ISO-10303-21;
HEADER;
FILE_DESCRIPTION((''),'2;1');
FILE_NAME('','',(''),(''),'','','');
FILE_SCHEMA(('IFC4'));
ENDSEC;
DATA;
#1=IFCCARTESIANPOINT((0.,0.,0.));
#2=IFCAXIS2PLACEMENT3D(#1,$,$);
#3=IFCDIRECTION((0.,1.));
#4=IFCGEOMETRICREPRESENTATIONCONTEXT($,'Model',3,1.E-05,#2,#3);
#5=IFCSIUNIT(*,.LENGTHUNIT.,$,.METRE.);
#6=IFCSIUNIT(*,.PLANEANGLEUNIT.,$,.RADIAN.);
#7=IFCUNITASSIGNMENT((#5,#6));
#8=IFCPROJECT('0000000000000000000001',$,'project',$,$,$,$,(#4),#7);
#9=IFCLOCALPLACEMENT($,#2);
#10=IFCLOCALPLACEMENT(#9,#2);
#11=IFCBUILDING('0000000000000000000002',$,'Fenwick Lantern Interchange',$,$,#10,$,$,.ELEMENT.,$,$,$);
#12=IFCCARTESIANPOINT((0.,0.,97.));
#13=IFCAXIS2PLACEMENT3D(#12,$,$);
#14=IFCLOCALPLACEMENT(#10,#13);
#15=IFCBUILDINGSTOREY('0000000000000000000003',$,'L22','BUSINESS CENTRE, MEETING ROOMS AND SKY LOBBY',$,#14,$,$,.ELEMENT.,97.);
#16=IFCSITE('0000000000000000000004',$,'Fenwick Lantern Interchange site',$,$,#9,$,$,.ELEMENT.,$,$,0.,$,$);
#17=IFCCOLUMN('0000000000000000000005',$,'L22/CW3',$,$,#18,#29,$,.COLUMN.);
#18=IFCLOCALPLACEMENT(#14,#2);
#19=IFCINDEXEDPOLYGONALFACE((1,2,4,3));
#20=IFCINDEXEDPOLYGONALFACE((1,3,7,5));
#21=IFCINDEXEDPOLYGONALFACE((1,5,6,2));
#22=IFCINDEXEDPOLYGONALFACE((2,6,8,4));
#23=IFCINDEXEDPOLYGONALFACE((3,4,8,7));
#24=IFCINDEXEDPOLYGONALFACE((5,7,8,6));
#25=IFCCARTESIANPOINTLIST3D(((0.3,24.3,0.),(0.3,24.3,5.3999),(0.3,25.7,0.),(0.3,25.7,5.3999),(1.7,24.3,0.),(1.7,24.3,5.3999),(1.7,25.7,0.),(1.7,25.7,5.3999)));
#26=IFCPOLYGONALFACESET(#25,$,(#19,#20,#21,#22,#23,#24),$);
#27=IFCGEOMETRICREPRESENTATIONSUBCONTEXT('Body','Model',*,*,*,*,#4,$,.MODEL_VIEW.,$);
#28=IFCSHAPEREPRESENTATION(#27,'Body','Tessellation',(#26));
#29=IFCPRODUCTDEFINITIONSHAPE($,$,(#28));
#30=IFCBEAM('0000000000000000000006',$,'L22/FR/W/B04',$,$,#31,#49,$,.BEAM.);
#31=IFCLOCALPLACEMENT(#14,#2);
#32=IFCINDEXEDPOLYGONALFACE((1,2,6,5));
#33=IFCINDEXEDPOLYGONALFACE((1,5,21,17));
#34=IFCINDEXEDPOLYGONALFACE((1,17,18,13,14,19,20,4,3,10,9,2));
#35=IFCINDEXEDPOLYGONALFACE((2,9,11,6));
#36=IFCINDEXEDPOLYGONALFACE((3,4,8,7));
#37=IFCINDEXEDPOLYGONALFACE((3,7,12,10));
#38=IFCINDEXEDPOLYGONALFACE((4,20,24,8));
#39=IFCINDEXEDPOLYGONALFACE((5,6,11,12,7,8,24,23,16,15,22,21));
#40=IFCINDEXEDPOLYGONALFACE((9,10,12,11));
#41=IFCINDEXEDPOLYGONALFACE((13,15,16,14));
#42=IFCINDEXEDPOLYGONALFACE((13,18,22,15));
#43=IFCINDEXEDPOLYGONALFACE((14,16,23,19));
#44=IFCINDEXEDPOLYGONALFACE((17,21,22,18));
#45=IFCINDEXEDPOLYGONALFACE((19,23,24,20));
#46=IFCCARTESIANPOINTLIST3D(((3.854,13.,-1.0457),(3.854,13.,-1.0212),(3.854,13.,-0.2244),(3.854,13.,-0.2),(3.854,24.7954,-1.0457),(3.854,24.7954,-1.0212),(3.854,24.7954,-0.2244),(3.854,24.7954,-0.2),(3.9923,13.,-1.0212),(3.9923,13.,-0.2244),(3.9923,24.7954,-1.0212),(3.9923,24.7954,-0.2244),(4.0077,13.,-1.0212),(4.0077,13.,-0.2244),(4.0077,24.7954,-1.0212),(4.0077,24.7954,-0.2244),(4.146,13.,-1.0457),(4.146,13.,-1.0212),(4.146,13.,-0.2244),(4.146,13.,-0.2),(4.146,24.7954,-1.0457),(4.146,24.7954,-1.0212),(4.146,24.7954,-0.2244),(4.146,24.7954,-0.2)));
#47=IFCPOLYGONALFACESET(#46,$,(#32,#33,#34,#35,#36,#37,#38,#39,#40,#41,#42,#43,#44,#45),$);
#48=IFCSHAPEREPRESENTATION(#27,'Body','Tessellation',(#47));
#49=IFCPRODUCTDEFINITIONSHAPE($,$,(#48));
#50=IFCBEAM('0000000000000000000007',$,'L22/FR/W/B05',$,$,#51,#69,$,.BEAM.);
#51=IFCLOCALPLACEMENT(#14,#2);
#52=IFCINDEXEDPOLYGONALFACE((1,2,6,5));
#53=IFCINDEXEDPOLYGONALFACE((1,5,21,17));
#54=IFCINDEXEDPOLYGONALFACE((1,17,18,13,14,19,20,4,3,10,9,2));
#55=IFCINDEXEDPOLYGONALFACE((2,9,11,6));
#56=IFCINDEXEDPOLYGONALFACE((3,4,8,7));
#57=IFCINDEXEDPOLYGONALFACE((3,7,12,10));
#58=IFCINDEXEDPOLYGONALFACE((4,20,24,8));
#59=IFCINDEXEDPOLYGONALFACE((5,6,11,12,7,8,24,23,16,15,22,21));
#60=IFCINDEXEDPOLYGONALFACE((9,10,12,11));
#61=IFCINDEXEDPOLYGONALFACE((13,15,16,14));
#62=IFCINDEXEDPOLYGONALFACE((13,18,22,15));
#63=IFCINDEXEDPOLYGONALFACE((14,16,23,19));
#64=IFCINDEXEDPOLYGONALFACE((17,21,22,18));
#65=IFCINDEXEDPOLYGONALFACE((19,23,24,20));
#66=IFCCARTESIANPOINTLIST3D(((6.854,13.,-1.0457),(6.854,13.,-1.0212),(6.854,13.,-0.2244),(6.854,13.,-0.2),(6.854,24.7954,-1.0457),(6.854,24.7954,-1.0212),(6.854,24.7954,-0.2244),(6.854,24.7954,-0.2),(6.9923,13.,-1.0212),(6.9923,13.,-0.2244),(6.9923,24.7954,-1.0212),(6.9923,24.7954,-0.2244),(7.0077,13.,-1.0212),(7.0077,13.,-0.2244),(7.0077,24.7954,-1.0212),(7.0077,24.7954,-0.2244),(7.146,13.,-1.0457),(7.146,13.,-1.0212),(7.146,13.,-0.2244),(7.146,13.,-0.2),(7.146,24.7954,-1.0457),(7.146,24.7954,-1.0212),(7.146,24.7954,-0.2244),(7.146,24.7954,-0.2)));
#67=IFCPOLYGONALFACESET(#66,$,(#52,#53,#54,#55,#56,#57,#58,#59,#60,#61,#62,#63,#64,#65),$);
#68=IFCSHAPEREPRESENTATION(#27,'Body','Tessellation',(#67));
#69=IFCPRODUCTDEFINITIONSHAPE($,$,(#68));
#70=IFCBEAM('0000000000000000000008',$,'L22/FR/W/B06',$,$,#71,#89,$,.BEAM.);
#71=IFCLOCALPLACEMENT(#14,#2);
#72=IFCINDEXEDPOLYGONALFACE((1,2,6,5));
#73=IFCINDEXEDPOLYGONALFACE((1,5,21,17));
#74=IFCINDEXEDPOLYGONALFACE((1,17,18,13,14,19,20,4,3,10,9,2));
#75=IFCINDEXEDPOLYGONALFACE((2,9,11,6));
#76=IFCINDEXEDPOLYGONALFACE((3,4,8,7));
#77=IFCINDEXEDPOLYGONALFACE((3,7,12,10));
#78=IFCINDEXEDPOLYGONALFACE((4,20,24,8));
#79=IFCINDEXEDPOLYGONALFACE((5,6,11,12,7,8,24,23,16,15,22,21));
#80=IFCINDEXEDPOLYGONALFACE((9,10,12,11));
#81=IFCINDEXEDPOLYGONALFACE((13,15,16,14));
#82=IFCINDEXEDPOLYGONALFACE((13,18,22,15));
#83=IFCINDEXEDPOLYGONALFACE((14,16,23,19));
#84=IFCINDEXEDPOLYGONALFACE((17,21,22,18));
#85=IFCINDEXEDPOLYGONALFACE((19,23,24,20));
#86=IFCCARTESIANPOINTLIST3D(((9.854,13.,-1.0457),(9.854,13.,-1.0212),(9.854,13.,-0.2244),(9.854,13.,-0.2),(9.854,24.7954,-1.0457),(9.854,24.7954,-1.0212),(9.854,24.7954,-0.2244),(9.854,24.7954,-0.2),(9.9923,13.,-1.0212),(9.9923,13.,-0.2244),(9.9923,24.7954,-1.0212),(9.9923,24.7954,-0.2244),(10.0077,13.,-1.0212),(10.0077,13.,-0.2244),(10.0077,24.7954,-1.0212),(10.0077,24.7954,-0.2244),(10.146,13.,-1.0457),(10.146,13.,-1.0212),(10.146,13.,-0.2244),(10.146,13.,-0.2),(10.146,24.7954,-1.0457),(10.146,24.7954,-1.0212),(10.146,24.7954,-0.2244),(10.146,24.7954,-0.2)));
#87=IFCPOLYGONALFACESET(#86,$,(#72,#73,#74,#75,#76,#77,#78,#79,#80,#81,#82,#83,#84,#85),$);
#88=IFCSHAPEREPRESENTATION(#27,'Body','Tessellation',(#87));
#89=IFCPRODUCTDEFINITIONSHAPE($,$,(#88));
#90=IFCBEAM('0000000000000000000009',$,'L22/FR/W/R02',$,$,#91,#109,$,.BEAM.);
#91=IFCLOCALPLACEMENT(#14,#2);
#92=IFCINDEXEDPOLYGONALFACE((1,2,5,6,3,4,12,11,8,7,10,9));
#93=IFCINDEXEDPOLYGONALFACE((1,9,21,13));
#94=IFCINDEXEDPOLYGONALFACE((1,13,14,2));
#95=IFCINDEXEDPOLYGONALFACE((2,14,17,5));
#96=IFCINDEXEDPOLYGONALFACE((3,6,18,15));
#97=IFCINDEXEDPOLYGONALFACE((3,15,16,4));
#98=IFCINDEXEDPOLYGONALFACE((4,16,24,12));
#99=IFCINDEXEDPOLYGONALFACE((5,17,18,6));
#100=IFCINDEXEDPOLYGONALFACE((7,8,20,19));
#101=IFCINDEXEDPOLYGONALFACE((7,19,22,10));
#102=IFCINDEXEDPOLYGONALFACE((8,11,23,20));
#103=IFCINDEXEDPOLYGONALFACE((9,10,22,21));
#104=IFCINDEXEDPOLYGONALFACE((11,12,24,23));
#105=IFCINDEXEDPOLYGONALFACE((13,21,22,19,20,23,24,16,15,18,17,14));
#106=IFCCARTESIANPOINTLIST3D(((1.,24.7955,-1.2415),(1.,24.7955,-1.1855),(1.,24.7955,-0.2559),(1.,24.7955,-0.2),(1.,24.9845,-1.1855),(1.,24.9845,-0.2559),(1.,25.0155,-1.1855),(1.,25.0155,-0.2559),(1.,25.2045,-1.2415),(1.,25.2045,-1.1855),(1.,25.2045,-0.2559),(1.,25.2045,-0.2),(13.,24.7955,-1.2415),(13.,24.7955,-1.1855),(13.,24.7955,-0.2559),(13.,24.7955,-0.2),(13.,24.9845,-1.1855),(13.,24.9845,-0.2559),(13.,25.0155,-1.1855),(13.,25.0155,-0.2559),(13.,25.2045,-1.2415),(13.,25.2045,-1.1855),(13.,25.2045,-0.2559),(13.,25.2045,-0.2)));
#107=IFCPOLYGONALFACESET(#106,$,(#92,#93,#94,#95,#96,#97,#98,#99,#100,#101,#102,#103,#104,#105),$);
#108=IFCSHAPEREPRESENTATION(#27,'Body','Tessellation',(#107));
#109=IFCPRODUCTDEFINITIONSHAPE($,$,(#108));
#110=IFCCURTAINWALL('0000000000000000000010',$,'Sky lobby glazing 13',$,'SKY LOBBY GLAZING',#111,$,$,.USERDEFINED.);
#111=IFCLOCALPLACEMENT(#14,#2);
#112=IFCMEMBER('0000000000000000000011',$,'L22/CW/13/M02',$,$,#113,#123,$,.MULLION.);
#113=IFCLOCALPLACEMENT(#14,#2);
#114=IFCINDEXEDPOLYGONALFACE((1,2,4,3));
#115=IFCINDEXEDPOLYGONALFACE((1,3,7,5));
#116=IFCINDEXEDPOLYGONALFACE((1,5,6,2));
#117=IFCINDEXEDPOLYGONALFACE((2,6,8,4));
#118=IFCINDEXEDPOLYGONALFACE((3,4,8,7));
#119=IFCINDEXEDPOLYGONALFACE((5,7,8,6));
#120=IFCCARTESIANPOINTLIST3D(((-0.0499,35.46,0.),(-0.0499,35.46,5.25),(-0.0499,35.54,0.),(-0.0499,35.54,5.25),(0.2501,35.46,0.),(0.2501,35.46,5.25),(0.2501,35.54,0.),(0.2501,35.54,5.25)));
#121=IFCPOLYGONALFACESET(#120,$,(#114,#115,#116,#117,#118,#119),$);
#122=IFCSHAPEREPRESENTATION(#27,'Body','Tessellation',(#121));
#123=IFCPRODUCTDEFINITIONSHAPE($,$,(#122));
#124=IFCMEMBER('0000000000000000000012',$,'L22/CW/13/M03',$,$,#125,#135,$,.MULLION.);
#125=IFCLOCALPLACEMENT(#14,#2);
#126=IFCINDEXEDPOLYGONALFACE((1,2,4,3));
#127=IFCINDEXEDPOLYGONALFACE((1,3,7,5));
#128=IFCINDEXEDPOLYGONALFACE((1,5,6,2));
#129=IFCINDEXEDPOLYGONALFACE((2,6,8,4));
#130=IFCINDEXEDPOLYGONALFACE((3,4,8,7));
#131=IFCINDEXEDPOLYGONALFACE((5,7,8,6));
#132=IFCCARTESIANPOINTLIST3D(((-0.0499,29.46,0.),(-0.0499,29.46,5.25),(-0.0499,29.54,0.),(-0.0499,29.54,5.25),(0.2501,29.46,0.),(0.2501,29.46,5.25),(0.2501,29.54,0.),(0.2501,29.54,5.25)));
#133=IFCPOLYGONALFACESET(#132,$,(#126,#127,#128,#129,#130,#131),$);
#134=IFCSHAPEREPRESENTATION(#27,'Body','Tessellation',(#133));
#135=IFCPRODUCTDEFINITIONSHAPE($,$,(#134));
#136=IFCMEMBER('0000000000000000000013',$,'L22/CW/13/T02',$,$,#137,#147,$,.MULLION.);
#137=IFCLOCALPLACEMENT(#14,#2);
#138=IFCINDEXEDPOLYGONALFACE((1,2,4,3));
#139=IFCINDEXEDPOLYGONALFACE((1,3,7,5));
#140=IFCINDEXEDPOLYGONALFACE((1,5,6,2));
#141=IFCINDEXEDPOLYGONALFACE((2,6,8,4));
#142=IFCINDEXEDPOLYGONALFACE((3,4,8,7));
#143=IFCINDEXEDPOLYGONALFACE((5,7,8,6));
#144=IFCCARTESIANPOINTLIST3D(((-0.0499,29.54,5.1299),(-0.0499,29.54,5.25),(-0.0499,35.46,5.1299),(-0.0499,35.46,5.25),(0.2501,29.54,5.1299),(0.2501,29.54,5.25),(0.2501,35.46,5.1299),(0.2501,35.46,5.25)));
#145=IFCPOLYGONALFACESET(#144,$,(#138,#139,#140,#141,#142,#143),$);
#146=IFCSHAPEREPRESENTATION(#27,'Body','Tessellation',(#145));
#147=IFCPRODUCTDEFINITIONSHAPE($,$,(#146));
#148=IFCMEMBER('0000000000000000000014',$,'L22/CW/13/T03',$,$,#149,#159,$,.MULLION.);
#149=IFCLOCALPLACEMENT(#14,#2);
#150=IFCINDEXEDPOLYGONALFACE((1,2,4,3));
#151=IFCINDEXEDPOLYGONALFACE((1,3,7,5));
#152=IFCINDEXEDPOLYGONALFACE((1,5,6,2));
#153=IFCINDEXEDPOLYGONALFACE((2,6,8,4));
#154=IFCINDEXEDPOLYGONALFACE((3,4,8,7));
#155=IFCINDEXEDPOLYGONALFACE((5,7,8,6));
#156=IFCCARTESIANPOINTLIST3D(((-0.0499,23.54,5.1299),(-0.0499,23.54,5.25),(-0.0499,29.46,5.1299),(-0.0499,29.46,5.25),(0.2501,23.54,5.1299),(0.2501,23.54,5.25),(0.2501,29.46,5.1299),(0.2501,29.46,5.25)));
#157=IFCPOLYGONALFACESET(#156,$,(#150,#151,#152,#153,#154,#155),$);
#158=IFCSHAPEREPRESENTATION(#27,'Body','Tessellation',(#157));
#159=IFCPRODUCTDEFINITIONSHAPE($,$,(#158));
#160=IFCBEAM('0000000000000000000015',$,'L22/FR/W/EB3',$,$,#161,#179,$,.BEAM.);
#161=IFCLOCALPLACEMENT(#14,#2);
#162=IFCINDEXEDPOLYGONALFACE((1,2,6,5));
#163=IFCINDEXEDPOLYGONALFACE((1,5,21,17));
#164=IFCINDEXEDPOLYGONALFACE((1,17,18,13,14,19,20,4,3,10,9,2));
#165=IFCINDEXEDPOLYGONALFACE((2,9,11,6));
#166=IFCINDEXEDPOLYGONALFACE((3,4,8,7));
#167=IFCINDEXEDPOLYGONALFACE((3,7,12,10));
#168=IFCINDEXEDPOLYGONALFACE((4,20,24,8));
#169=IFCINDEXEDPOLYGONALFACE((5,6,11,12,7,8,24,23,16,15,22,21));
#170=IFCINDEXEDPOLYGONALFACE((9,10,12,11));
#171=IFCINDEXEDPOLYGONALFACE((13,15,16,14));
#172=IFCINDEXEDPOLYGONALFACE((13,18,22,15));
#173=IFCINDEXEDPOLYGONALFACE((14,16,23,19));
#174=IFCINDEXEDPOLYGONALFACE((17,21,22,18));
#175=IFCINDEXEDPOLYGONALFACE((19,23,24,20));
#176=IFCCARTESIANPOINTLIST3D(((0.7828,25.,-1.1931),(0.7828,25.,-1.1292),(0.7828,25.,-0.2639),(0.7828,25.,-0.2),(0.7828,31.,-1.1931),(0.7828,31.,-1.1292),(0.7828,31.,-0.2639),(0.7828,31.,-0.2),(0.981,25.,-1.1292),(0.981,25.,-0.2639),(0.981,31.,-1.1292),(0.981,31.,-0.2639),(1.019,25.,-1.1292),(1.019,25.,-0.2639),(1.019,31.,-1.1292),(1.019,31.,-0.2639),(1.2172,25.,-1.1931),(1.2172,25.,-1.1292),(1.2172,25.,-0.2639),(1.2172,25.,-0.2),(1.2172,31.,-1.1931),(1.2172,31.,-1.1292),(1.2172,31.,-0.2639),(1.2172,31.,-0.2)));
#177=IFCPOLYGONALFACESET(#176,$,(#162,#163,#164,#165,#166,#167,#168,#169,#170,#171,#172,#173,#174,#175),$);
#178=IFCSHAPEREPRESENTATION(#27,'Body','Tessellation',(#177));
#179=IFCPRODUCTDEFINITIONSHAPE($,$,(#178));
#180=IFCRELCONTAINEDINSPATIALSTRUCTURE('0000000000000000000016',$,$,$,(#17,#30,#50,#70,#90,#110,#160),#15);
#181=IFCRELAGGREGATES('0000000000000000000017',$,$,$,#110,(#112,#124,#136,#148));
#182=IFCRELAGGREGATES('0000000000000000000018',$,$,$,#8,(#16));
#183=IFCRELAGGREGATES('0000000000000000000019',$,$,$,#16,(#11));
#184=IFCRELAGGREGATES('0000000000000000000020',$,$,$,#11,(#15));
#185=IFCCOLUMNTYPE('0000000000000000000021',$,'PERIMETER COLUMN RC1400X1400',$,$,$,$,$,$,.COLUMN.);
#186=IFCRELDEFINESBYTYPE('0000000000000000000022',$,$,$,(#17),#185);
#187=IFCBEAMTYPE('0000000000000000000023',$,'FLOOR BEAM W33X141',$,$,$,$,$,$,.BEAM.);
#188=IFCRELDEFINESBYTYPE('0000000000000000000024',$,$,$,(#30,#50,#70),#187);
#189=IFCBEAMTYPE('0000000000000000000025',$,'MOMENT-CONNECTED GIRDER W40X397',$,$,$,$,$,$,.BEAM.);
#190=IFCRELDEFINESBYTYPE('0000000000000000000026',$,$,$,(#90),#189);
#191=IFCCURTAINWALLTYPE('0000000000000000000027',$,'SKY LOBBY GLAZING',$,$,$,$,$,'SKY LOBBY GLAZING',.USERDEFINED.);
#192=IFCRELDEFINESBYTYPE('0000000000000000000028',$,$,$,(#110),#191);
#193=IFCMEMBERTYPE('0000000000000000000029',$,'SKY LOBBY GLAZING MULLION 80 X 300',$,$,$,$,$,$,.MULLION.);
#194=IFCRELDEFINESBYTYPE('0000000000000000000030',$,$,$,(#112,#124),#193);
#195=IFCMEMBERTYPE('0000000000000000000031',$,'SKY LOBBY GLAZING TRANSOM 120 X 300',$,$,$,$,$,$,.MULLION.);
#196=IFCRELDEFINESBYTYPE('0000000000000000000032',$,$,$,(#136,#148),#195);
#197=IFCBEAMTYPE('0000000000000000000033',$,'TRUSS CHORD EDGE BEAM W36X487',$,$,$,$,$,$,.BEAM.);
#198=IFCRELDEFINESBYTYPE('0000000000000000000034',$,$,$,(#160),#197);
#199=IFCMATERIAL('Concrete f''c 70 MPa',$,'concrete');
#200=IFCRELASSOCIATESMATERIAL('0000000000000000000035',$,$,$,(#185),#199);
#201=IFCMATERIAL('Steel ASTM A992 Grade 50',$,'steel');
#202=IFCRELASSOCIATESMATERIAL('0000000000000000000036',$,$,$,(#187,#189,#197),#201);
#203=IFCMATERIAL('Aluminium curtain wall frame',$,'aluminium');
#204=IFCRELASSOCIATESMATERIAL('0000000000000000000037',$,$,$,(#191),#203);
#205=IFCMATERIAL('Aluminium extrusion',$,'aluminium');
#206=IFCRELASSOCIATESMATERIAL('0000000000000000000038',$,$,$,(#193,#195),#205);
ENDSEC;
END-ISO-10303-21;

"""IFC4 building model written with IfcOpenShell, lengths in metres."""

from ifc_helpers import new_model, si_unit, direction, frame, origin, origin_2d, place, context, subcontext, project, spatial, rectangle, i_section, extrude, material, material_profile, profile_set, type_object, element, aggregate, save


model = new_model("IFC4")

# Units and contexts
model_context = context("Model", 3, precision=1e-05, world=origin(), true_north=direction((0.0, 1.0)))
body_context = subcontext(model_context, "Body", "Model", "MODEL_VIEW")
ifc_project = project(units=[si_unit("LENGTHUNIT", "METRE"), si_unit("PLANEANGLEUNIT", "RADIAN")], contexts=[model_context])

# Site, building, storey
site_placement = place(None, origin())
site = spatial("IfcSite", under=ifc_project, at=site_placement, Name="Fenwick Lantern Interchange site", CompositionType="ELEMENT", RefElevation=0.0)
building_placement = place(site_placement, origin())
building = spatial("IfcBuilding", under=site, at=building_placement, Name="Fenwick Lantern Interchange", CompositionType="ELEMENT")
storey_placement = place(building_placement, frame((0.0, 0.0, 97.0)))
storey = spatial("IfcBuildingStorey", under=building, at=storey_placement, Name="L22", Description="BUSINESS CENTRE, MEETING ROOMS AND SKY LOBBY", CompositionType="ELEMENT", Elevation=97.0)

# Column
ifc_material_1 = material(Name="Concrete f'c 70 MPa", Category="concrete")
ifc_material_profile_1 = material_profile(ifc_material_1, rectangle(XDim=1.3999, YDim=1.3999, at=origin_2d()), Name="RC1400X1400")
ifc_profile_set_1 = profile_set([ifc_material_profile_1], Name="Concrete f'c 70 MPa")
column_type = type_object("IfcColumnType", Name="PERIMETER COLUMN RC1400X1400", PredefinedType="COLUMN", material=ifc_profile_set_1)
column_placement = place(storey_placement, frame((1.0, 25.0, 0.0), z_axis=(0.0, 0.0, 1.0), x_axis=(1.0, 0.0, 0.0)))
element("IfcColumn", 1, at=column_placement, inside=storey, type_object=column_type, Name="L22/CW3", PredefinedType="COLUMN", context=body_context, shape_type="SweptSolid", body=[
    extrude(rectangle(XDim=1.3999, YDim=1.3999, at=origin_2d()), origin(), (0.0, 0.0, 1.0), 5.3999),
])

# Beams
ifc_material_2 = material(Name="Steel ASTM A992 Grade 50", Category="steel")
ifc_material_profile_2 = material_profile(ifc_material_2, i_section(OverallWidth=0.292, OverallDepth=0.8457, WebThickness=0.0154, FlangeThickness=0.0244, at=origin_2d()), Name="W33X141")
ifc_profile_set_2 = profile_set([ifc_material_profile_2], Name="Steel ASTM A992 Grade 50")
beam_type_1 = type_object("IfcBeamType", Name="FLOOR BEAM W33X141", PredefinedType="BEAM", material=ifc_profile_set_2)
for number, where, z_axis, x_axis, name in (
    (2, (4.0, 24.7954, -0.6228), (0.0, -1.0, 0.0), (1.0, 0.0, 0.0), "L22/FR/W/B04"),
    (3, (7.0, 24.7954, -0.6228), (0.0, -1.0, 0.0), (1.0, 0.0, 0.0), "L22/FR/W/B05"),
    (4, (10.0, 24.7954, -0.6228), (0.0, -1.0, 0.0), (1.0, 0.0, 0.0), "L22/FR/W/B06"),
):
    element("IfcBeam", number, at=place(storey_placement, frame(where, z_axis=z_axis, x_axis=x_axis)), inside=storey, type_object=beam_type_1, Name=name, PredefinedType="BEAM", context=body_context, shape_type="SweptSolid", body=[
        extrude(i_section(OverallWidth=0.292, OverallDepth=0.8457, WebThickness=0.0154, FlangeThickness=0.0244, at=origin_2d()), origin(), (0.0, 0.0, 1.0), 11.7954),
    ])
ifc_material_profile_3 = material_profile(ifc_material_2, i_section(OverallWidth=0.4089, OverallDepth=1.0415, WebThickness=0.031, FlangeThickness=0.0559, at=origin_2d()), Name="W40X397")
ifc_profile_set_3 = profile_set([ifc_material_profile_3], Name="Steel ASTM A992 Grade 50")
beam_type_2 = type_object("IfcBeamType", Name="MOMENT-CONNECTED GIRDER W40X397", PredefinedType="BEAM", material=ifc_profile_set_3)
beam_placement = place(storey_placement, frame((1.0, 25.0, -0.7207), z_axis=(1.0, 0.0, 0.0), x_axis=(0.0, 1.0, 0.0)))
element("IfcBeam", 5, at=beam_placement, inside=storey, type_object=beam_type_2, Name="L22/FR/W/R02", PredefinedType="BEAM", context=body_context, shape_type="SweptSolid", body=[
    extrude(i_section(OverallWidth=0.4089, OverallDepth=1.0415, WebThickness=0.031, FlangeThickness=0.0559, at=origin_2d()), origin(), (0.0, 0.0, 1.0), 12.0),
])

# Curtain wall, members
ifc_material_3 = material(Name="Aluminium curtain wall frame", Category="aluminium")
curtain_wall_type = type_object("IfcCurtainWallType", Name="SKY LOBBY GLAZING", ElementType="SKY LOBBY GLAZING", PredefinedType="USERDEFINED", material=ifc_material_3)
curtain_wall_placement = place(storey_placement, origin())
curtain_wall = element("IfcCurtainWall", 6, at=curtain_wall_placement, inside=storey, type_object=curtain_wall_type, Name="Sky lobby glazing 13", ObjectType="SKY LOBBY GLAZING", PredefinedType="USERDEFINED")
ifc_material_4 = material(Name="Aluminium extrusion", Category="aluminium")
ifc_material_profile_4 = material_profile(ifc_material_4, rectangle(XDim=0.3, YDim=0.0801, at=origin_2d()), Name="SKY LOBBY GLAZING MULLION 80 X 300")
ifc_profile_set_4 = profile_set([ifc_material_profile_4], Name="Aluminium extrusion")
member_type_1 = type_object("IfcMemberType", Name="SKY LOBBY GLAZING MULLION 80 X 300", PredefinedType="MULLION", material=ifc_profile_set_4)
member_1_placement = place(storey_placement, frame((0.1001, 35.5, 0.0), z_axis=(0.0, 0.0, 1.0), x_axis=(1.0, 0.0, 0.0)))
member_1 = element("IfcMember", 7, at=member_1_placement, type_object=member_type_1, Name="L22/CW/13/M02", PredefinedType="MULLION", context=body_context, shape_type="SweptSolid", body=[
    extrude(rectangle(XDim=0.3, YDim=0.0801, at=origin_2d()), origin(), (0.0, 0.0, 1.0), 5.25),
])
member_2_placement = place(storey_placement, frame((0.1001, 29.5, 0.0), z_axis=(0.0, 0.0, 1.0), x_axis=(1.0, 0.0, 0.0)))
member_2 = element("IfcMember", 8, at=member_2_placement, type_object=member_type_1, Name="L22/CW/13/M03", PredefinedType="MULLION", context=body_context, shape_type="SweptSolid", body=[
    extrude(rectangle(XDim=0.3, YDim=0.0801, at=origin_2d()), origin(), (0.0, 0.0, 1.0), 5.25),
])
ifc_material_profile_5 = material_profile(ifc_material_4, rectangle(XDim=0.3, YDim=0.1201, at=origin_2d()), Name="SKY LOBBY GLAZING TRANSOM 120 X 300")
ifc_profile_set_5 = profile_set([ifc_material_profile_5], Name="Aluminium extrusion")
member_type_2 = type_object("IfcMemberType", Name="SKY LOBBY GLAZING TRANSOM 120 X 300", PredefinedType="MULLION", material=ifc_profile_set_5)
member_3_placement = place(storey_placement, frame((0.1001, 35.46, 5.1899), z_axis=(0.0, -1.0, 0.0), x_axis=(1.0, 0.0, 0.0)))
member_3 = element("IfcMember", 9, at=member_3_placement, type_object=member_type_2, Name="L22/CW/13/T02", PredefinedType="MULLION", context=body_context, shape_type="SweptSolid", body=[
    extrude(rectangle(XDim=0.3, YDim=0.1201, at=origin_2d()), origin(), (0.0, 0.0, 1.0), 5.9199),
])
member_4_placement = place(storey_placement, frame((0.1001, 29.46, 5.1899), z_axis=(0.0, -1.0, 0.0), x_axis=(1.0, 0.0, 0.0)))
member_4 = element("IfcMember", 10, at=member_4_placement, type_object=member_type_2, Name="L22/CW/13/T03", PredefinedType="MULLION", context=body_context, shape_type="SweptSolid", body=[
    extrude(rectangle(XDim=0.3, YDim=0.1201, at=origin_2d()), origin(), (0.0, 0.0, 1.0), 5.9199),
])
aggregate(curtain_wall, [member_1, member_2, member_3, member_4])

# Beam
ifc_material_profile_6 = material_profile(ifc_material_2, i_section(OverallWidth=0.4343, OverallDepth=0.9932, WebThickness=0.0381, FlangeThickness=0.064, at=origin_2d()), Name="W36X487")
ifc_profile_set_6 = profile_set([ifc_material_profile_6], Name="Steel ASTM A992 Grade 50")
beam_type_3 = type_object("IfcBeamType", Name="TRUSS CHORD EDGE BEAM W36X487", PredefinedType="BEAM", material=ifc_profile_set_6)
for number, where, z_axis, x_axis, name in (
    (11, (1.0, 31.0, -0.6965), (0.0, -1.0, 0.0), (1.0, 0.0, 0.0), "L22/FR/W/EB3"),
):
    element("IfcBeam", number, at=place(storey_placement, frame(where, z_axis=z_axis, x_axis=x_axis)), inside=storey, type_object=beam_type_3, Name=name, PredefinedType="BEAM", context=body_context, shape_type="SweptSolid", body=[
        extrude(i_section(OverallWidth=0.4343, OverallDepth=0.9932, WebThickness=0.0381, FlangeThickness=0.064, at=origin_2d()), origin(), (0.0, 0.0, 1.0), 6.0),
    ])

save(model, "model.ifc")
